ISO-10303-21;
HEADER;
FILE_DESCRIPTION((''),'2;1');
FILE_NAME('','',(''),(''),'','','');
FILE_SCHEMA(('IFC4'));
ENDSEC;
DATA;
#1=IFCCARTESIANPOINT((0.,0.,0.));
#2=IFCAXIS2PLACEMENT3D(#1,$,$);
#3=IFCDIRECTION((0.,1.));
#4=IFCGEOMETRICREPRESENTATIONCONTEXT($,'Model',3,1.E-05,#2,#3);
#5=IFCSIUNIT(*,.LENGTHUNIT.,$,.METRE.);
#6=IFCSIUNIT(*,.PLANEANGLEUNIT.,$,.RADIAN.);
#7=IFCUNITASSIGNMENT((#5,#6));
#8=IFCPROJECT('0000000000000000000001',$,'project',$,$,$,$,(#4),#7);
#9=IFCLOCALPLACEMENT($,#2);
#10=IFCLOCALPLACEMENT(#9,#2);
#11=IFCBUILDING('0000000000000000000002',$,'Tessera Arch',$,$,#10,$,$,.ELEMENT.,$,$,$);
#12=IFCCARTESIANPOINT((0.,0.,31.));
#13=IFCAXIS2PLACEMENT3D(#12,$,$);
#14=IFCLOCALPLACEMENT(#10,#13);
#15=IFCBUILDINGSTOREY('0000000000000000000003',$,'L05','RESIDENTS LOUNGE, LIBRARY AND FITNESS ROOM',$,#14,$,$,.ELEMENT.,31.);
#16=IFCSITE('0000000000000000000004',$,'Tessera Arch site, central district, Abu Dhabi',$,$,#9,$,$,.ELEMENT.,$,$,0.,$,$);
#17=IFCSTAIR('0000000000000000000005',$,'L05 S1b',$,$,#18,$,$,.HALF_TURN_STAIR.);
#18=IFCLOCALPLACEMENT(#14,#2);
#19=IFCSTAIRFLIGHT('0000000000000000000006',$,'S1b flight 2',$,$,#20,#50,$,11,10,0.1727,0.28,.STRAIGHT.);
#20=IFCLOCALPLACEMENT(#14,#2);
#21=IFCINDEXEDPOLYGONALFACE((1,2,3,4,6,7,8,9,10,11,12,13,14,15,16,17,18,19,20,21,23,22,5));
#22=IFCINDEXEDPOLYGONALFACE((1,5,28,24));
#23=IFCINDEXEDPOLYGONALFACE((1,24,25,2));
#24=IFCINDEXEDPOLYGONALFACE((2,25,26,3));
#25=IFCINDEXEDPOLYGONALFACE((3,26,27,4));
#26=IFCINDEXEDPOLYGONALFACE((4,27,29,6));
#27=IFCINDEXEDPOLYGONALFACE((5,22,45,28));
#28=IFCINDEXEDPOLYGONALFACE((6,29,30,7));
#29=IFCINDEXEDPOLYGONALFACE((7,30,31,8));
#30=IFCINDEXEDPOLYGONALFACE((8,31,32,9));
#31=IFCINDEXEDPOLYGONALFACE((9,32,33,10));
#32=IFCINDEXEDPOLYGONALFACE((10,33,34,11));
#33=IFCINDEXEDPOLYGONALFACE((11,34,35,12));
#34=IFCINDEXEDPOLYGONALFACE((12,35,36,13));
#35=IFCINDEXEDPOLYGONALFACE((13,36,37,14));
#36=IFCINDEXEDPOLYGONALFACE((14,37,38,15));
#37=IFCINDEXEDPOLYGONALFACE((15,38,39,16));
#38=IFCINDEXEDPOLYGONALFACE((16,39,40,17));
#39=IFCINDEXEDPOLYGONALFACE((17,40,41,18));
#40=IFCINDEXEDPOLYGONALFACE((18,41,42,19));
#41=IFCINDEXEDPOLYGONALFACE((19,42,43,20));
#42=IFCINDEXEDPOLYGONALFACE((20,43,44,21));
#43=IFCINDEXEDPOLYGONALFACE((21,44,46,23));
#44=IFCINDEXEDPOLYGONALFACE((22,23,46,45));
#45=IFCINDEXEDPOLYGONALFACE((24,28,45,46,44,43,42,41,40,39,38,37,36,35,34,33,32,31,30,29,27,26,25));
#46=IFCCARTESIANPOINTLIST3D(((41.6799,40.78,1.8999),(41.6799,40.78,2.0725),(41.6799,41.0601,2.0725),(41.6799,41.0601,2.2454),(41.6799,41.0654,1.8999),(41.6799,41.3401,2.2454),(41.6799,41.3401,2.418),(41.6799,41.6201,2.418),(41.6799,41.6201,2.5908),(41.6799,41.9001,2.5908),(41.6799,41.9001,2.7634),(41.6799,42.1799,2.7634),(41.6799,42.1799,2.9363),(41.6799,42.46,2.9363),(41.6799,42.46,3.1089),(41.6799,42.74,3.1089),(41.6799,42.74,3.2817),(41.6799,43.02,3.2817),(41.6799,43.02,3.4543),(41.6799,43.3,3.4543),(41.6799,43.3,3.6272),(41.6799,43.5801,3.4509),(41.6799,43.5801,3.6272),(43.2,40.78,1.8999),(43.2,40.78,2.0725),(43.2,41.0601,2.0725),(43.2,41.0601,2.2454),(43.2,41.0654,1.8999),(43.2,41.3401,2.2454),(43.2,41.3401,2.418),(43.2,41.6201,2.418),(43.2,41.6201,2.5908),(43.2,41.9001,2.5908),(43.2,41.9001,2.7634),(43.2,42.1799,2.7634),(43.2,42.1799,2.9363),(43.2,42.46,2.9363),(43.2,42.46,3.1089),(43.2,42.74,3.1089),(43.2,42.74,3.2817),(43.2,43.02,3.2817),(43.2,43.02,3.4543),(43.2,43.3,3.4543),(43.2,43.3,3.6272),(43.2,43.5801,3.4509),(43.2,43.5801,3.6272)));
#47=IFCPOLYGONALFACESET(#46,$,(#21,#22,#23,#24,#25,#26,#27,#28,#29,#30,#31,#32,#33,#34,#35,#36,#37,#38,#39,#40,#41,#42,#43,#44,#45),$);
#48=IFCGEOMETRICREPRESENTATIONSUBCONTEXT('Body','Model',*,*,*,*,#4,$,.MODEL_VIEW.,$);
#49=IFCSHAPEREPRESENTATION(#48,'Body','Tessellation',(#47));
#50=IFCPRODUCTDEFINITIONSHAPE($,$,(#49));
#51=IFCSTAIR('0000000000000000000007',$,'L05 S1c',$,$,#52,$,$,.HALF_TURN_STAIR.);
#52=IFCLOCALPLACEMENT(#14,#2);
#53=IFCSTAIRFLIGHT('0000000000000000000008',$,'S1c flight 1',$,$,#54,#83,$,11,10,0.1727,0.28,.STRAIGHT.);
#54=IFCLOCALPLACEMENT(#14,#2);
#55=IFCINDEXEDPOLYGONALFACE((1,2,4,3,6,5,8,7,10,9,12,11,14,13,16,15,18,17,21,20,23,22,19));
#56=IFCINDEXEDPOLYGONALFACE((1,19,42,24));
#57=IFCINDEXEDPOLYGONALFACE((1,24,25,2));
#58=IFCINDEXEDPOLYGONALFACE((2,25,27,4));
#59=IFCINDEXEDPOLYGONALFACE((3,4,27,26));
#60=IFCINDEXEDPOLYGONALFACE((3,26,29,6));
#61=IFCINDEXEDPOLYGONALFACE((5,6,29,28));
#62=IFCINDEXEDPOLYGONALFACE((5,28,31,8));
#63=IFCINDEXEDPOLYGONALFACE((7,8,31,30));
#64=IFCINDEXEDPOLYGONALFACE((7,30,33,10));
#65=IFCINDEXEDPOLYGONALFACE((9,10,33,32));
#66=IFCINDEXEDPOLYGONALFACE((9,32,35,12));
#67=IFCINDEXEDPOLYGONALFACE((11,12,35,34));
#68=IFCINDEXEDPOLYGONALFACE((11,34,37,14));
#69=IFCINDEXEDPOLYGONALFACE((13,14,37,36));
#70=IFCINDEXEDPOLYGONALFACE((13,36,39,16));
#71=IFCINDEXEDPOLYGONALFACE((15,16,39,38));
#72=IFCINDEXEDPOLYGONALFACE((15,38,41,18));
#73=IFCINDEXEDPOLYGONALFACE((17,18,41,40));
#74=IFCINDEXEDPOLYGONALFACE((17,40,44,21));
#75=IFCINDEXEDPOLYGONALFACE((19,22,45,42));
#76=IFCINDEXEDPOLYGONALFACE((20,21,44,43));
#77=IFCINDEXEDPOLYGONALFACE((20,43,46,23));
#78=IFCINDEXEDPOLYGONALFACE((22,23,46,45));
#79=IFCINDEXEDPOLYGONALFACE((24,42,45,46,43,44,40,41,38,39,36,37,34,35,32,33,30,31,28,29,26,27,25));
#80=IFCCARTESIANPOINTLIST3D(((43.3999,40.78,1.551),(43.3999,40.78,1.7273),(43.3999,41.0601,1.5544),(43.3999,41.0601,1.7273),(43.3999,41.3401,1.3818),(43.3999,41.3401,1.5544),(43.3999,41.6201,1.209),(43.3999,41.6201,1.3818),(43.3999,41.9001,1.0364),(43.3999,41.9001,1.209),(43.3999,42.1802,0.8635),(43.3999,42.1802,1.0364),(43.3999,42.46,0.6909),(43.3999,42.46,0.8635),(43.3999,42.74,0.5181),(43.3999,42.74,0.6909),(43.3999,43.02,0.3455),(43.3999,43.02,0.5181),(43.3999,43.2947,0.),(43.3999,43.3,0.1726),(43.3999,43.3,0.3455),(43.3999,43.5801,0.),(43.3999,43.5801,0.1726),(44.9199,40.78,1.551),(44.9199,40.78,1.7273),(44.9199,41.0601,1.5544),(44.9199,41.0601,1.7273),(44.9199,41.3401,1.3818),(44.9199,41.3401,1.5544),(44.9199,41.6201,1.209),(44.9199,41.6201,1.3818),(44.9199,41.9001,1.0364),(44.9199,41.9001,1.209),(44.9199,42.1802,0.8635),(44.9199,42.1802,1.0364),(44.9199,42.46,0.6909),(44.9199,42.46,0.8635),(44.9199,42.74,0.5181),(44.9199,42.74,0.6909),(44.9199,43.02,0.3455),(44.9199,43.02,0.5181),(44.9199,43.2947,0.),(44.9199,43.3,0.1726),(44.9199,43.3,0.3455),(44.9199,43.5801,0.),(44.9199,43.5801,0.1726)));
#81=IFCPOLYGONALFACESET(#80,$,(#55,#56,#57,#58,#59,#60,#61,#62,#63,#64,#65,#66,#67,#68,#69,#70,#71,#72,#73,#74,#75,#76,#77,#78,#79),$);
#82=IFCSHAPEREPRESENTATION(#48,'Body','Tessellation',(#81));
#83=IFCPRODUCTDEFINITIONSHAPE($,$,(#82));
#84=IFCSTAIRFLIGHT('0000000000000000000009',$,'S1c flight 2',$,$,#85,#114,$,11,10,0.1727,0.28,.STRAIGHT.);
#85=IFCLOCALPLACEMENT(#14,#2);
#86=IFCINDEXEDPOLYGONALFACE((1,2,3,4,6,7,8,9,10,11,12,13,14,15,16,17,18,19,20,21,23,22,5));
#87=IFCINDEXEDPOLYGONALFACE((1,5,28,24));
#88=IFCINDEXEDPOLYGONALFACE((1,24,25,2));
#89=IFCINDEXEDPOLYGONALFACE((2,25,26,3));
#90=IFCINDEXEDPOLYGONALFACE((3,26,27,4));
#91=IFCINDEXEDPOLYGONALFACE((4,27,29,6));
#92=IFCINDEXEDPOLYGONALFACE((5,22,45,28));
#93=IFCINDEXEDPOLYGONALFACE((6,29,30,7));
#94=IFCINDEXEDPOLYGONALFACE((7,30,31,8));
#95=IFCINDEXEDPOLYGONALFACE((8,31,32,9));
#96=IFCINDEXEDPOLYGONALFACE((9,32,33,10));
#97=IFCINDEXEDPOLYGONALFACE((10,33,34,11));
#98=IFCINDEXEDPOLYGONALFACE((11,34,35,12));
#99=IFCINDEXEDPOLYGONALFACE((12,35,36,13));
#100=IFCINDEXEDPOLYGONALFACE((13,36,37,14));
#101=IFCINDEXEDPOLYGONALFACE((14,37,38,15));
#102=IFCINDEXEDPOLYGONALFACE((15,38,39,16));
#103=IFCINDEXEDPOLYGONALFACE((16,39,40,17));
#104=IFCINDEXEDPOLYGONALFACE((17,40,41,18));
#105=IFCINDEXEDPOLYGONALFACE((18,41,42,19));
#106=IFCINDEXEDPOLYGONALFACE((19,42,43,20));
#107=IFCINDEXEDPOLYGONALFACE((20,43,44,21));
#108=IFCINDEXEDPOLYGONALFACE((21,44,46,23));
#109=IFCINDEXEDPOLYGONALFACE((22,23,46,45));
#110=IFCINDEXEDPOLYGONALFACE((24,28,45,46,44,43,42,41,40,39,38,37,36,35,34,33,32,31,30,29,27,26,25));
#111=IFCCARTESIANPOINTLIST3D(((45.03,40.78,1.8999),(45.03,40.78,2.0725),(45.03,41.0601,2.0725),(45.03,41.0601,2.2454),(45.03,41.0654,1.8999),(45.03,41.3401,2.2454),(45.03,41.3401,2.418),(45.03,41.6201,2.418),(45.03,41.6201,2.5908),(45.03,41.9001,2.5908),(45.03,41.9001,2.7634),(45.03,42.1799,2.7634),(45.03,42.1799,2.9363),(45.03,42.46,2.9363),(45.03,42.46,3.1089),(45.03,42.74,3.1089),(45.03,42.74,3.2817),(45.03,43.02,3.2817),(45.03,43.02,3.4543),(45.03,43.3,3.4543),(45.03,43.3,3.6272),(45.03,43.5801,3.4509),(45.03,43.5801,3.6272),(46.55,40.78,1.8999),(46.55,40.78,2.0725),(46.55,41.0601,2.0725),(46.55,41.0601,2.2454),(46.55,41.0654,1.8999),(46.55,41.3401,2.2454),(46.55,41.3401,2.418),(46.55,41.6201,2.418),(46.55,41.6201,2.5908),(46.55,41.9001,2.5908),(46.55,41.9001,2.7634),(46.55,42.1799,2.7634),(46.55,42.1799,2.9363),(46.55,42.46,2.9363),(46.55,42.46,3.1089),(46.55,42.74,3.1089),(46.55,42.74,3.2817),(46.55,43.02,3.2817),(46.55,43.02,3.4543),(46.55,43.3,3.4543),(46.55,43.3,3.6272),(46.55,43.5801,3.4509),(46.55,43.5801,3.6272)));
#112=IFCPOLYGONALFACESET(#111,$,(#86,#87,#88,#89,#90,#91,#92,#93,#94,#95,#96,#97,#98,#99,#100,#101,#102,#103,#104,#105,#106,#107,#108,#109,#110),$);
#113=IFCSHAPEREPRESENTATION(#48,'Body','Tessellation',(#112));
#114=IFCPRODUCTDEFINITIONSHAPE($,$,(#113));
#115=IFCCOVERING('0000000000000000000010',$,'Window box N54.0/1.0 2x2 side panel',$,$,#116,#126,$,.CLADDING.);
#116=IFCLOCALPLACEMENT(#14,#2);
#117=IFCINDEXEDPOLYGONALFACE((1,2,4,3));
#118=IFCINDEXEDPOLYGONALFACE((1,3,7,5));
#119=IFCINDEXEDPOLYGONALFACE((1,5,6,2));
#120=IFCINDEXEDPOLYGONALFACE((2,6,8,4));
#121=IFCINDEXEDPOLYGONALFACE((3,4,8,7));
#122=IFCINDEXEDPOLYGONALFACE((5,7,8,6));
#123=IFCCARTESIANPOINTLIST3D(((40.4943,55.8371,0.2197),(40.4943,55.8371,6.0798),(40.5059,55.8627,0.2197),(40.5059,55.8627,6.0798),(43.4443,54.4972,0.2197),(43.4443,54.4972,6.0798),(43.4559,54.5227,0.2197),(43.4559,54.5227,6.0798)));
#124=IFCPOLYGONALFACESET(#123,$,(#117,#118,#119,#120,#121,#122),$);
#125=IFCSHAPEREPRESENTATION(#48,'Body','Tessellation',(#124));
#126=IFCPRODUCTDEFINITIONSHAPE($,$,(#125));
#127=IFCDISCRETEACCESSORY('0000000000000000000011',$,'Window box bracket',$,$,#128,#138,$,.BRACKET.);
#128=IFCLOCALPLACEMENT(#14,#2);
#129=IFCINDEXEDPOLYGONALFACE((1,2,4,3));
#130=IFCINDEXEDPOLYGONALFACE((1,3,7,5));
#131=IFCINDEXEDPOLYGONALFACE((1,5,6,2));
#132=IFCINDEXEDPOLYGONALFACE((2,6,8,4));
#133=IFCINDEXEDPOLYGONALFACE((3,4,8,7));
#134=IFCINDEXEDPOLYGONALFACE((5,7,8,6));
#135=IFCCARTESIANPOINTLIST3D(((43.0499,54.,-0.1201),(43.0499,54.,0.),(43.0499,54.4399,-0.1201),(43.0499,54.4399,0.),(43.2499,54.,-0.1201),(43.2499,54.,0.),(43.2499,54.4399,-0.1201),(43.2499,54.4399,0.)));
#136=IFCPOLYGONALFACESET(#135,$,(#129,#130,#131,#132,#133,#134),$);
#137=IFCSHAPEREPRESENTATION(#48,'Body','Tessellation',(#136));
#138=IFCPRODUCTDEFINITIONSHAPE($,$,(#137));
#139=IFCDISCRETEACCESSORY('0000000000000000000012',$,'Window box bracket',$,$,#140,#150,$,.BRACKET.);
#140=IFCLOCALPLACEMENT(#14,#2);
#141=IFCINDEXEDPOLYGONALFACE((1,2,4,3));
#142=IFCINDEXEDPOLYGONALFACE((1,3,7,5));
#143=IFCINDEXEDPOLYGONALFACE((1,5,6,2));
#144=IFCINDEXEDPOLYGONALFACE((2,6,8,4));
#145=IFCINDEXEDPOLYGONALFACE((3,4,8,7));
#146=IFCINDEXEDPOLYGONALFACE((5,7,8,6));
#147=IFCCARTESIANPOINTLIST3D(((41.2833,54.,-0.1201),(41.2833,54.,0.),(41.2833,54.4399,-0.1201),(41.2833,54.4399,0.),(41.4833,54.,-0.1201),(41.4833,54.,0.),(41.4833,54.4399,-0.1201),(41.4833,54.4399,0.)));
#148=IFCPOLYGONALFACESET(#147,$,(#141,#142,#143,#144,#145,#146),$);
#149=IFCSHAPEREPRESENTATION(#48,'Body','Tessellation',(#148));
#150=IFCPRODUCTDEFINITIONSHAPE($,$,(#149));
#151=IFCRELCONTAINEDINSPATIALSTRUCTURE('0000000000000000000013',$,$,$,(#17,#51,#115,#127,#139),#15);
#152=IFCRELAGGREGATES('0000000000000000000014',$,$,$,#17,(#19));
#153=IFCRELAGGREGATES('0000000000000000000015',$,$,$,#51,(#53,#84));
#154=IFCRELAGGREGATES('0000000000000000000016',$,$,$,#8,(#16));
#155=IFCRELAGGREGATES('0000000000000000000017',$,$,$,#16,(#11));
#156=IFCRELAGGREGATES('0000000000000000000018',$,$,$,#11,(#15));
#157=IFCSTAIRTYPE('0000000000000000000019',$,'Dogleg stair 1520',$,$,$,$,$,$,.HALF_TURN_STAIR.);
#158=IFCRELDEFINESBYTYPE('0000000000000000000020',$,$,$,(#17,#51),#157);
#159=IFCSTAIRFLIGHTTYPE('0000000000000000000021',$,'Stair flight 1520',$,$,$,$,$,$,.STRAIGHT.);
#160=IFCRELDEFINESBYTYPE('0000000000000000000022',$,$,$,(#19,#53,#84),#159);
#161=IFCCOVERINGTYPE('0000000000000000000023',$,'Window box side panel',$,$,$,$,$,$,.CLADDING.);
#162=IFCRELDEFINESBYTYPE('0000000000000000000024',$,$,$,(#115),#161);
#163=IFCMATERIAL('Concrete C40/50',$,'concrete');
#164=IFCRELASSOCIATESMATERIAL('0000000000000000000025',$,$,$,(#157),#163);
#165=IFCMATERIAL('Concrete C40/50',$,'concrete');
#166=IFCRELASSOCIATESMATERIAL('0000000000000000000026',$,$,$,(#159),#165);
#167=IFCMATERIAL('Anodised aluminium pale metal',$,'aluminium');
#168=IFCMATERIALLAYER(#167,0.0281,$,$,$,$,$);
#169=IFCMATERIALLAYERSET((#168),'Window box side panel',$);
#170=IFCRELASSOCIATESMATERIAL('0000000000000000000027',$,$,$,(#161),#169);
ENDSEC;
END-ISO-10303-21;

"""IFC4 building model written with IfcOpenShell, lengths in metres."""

from ifc_helpers import new_model, si_unit, direction, frame, origin, origin_2d, place, context, subcontext, project, spatial, polyline, rectangle, outline, extrude, material, layer, layer_set, type_object, element, aggregate, save


model = new_model("IFC4")

# Units and contexts
model_context = context("Model", 3, precision=1e-05, world=origin(), true_north=direction((0.0, 1.0)))
body_context = subcontext(model_context, "Body", "Model", "MODEL_VIEW")
ifc_project = project(units=[si_unit("LENGTHUNIT", "METRE"), si_unit("PLANEANGLEUNIT", "RADIAN")], contexts=[model_context])

# Site, building, storey
site_placement = place(None, origin())
site = spatial("IfcSite", under=ifc_project, at=site_placement, Name="Tessera Arch site, central district, Abu Dhabi", CompositionType="ELEMENT", RefElevation=0.0)
building_placement = place(site_placement, origin())
building = spatial("IfcBuilding", under=site, at=building_placement, Name="Tessera Arch", CompositionType="ELEMENT")
storey_placement = place(building_placement, frame((0.0, 0.0, 31.0)))
storey = spatial("IfcBuildingStorey", under=building, at=storey_placement, Name="L05", Description="RESIDENTS LOUNGE, LIBRARY AND FITNESS ROOM", CompositionType="ELEMENT", Elevation=31.0)

# Stair, stair flight
ifc_material_1 = material(Name="Concrete C40/50", Category="concrete")
stair_type = type_object("IfcStairType", Name="Dogleg stair 1520", PredefinedType="HALF_TURN_STAIR", material=ifc_material_1)
stair_1_placement = place(storey_placement, origin())
stair_1 = element("IfcStair", 1, at=stair_1_placement, inside=storey, type_object=stair_type, Name="L05 S1b", PredefinedType="HALF_TURN_STAIR")
ifc_material_2 = material(Name="Concrete C40/50", Category="concrete")
stair_flight_type = type_object("IfcStairFlightType", Name="Stair flight 1520", PredefinedType="STRAIGHT", material=ifc_material_2)
stair_flight_1_placement = place(storey_placement, frame((42.4399, 40.78, 1.8999), z_axis=(0.0, 0.0, 1.0), x_axis=(0.0, 1.0, 0.0)))
stair_flight_1 = element("IfcStairFlight", 2, at=stair_flight_1_placement, type_object=stair_flight_type, Name="S1b flight 2", NumberOfRisers=11, NumberOfTreads=10, PredefinedType="STRAIGHT", RiserHeight=0.1727, TreadLength=0.28, context=body_context, shape_type="SweptSolid", body=[
    extrude(outline(polyline([(0.0, 0.0), (0.0, 0.1726), (0.28, 0.1726), (0.28, 0.3455), (0.5601, 0.3455), (0.5601, 0.5181), (0.8401, 0.5181), (0.8401, 0.6909), (1.1201, 0.6909), (1.1201, 0.8635), (1.3999, 0.8635), (1.3999, 1.0364), (1.6799, 1.0364), (1.6799, 1.209), (1.96, 1.209), (1.96, 1.3818), (2.24, 1.3818), (2.24, 1.5544), (2.52, 1.5544), (2.52, 1.7273), (2.8, 1.7273), (2.8, 1.8999), (2.8, 1.551), (0.2854, 0.0), (0.0, 0.0)])), frame((0.0, 0.76, 0.0), z_axis=(0.0, -1.0, 0.0), x_axis=(1.0, 0.0, 0.0)), (0.0, 0.0, 1.0), 1.52),
])
aggregate(stair_1, [stair_flight_1])

# Stair, stair flights
stair_2_placement = place(storey_placement, origin())
stair_2 = element("IfcStair", 3, at=stair_2_placement, inside=storey, type_object=stair_type, Name="L05 S1c", PredefinedType="HALF_TURN_STAIR")
stair_flight_2_placement = place(storey_placement, frame((44.1599, 43.5801, 0.0), z_axis=(0.0, 0.0, 1.0), x_axis=(0.0, -1.0, 0.0)))
stair_flight_2 = element("IfcStairFlight", 4, at=stair_flight_2_placement, type_object=stair_flight_type, Name="S1c flight 1", NumberOfRisers=11, NumberOfTreads=10, PredefinedType="STRAIGHT", RiserHeight=0.1727, TreadLength=0.28, context=body_context, shape_type="SweptSolid", body=[
    extrude(outline(polyline([(0.0, 0.0), (0.0, 0.1726), (0.28, 0.1726), (0.28, 0.3455), (0.5601, 0.3455), (0.5601, 0.5181), (0.8401, 0.5181), (0.8401, 0.6909), (1.1201, 0.6909), (1.1201, 0.8635), (1.3999, 0.8635), (1.3999, 1.0364), (1.6799, 1.0364), (1.6799, 1.209), (1.96, 1.209), (1.96, 1.3818), (2.24, 1.3818), (2.24, 1.5544), (2.52, 1.5544), (2.52, 1.7273), (2.8, 1.7273), (2.8, 1.8999), (2.8, 1.551), (0.2854, 0.0), (0.0, 0.0)])), frame((0.0, 0.76, 0.0), z_axis=(0.0, -1.0, 0.0), x_axis=(1.0, 0.0, 0.0)), (0.0, 0.0, 1.0), 1.52),
])
stair_flight_3_placement = place(storey_placement, frame((45.79, 40.78, 1.8999), z_axis=(0.0, 0.0, 1.0), x_axis=(0.0, 1.0, 0.0)))
stair_flight_3 = element("IfcStairFlight", 5, at=stair_flight_3_placement, type_object=stair_flight_type, Name="S1c flight 2", NumberOfRisers=11, NumberOfTreads=10, PredefinedType="STRAIGHT", RiserHeight=0.1727, TreadLength=0.28, context=body_context, shape_type="SweptSolid", body=[
    extrude(outline(polyline([(0.0, 0.0), (0.0, 0.1726), (0.28, 0.1726), (0.28, 0.3455), (0.5601, 0.3455), (0.5601, 0.5181), (0.8401, 0.5181), (0.8401, 0.6909), (1.1201, 0.6909), (1.1201, 0.8635), (1.3999, 0.8635), (1.3999, 1.0364), (1.6799, 1.0364), (1.6799, 1.209), (1.96, 1.209), (1.96, 1.3818), (2.24, 1.3818), (2.24, 1.5544), (2.52, 1.5544), (2.52, 1.7273), (2.8, 1.7273), (2.8, 1.8999), (2.8, 1.551), (0.2854, 0.0), (0.0, 0.0)])), frame((0.0, 0.76, 0.0), z_axis=(0.0, -1.0, 0.0), x_axis=(1.0, 0.0, 0.0)), (0.0, 0.0, 1.0), 1.52),
])
aggregate(stair_2, [stair_flight_2, stair_flight_3])

# Covering
ifc_material_3 = material(Name="Anodised aluminium pale metal", Category="aluminium")
ifc_layer_1 = layer(ifc_material_3, 0.0281)
ifc_layer_set_1 = layer_set([ifc_layer_1], Name="Window box side panel")
covering_type = type_object("IfcCoveringType", Name="Window box side panel", PredefinedType="CLADDING", material=ifc_layer_set_1)
covering_placement = place(storey_placement, frame((41.9751, 55.1799, 0.2197), z_axis=(0.0, 0.0, 1.0), x_axis=(-0.910472, 0.41357, 0.0)))
element("IfcCovering", 6, at=covering_placement, inside=storey, type_object=covering_type, Name="Window box N54.0/1.0 2x2 side panel", PredefinedType="CLADDING", context=body_context, shape_type="SweptSolid", body=[
    extrude(rectangle(XDim=3.24, YDim=0.0281, at=origin_2d()), origin(), (0.0, 0.0, 1.0), 5.8601),
])

# Discrete accessories
for number, where, z_axis, x_axis, name in (
    (7, (43.1499, 54.22, -0.1201), (0.0, 0.0, 1.0), (0.0, 1.0, 0.0), "Window box bracket"),
    (8, (41.3833, 54.22, -0.1201), (0.0, 0.0, 1.0), (0.0, 1.0, 0.0), "Window box bracket"),
):
    element("IfcDiscreteAccessory", number, at=place(storey_placement, frame(where, z_axis=z_axis, x_axis=x_axis)), inside=storey, Name=name, PredefinedType="BRACKET", context=body_context, shape_type="SweptSolid", body=[
        extrude(rectangle(XDim=0.4399, YDim=0.2, at=origin_2d()), origin(), (0.0, 0.0, 1.0), 0.1201),
    ])

save(model, "model.ifc")
